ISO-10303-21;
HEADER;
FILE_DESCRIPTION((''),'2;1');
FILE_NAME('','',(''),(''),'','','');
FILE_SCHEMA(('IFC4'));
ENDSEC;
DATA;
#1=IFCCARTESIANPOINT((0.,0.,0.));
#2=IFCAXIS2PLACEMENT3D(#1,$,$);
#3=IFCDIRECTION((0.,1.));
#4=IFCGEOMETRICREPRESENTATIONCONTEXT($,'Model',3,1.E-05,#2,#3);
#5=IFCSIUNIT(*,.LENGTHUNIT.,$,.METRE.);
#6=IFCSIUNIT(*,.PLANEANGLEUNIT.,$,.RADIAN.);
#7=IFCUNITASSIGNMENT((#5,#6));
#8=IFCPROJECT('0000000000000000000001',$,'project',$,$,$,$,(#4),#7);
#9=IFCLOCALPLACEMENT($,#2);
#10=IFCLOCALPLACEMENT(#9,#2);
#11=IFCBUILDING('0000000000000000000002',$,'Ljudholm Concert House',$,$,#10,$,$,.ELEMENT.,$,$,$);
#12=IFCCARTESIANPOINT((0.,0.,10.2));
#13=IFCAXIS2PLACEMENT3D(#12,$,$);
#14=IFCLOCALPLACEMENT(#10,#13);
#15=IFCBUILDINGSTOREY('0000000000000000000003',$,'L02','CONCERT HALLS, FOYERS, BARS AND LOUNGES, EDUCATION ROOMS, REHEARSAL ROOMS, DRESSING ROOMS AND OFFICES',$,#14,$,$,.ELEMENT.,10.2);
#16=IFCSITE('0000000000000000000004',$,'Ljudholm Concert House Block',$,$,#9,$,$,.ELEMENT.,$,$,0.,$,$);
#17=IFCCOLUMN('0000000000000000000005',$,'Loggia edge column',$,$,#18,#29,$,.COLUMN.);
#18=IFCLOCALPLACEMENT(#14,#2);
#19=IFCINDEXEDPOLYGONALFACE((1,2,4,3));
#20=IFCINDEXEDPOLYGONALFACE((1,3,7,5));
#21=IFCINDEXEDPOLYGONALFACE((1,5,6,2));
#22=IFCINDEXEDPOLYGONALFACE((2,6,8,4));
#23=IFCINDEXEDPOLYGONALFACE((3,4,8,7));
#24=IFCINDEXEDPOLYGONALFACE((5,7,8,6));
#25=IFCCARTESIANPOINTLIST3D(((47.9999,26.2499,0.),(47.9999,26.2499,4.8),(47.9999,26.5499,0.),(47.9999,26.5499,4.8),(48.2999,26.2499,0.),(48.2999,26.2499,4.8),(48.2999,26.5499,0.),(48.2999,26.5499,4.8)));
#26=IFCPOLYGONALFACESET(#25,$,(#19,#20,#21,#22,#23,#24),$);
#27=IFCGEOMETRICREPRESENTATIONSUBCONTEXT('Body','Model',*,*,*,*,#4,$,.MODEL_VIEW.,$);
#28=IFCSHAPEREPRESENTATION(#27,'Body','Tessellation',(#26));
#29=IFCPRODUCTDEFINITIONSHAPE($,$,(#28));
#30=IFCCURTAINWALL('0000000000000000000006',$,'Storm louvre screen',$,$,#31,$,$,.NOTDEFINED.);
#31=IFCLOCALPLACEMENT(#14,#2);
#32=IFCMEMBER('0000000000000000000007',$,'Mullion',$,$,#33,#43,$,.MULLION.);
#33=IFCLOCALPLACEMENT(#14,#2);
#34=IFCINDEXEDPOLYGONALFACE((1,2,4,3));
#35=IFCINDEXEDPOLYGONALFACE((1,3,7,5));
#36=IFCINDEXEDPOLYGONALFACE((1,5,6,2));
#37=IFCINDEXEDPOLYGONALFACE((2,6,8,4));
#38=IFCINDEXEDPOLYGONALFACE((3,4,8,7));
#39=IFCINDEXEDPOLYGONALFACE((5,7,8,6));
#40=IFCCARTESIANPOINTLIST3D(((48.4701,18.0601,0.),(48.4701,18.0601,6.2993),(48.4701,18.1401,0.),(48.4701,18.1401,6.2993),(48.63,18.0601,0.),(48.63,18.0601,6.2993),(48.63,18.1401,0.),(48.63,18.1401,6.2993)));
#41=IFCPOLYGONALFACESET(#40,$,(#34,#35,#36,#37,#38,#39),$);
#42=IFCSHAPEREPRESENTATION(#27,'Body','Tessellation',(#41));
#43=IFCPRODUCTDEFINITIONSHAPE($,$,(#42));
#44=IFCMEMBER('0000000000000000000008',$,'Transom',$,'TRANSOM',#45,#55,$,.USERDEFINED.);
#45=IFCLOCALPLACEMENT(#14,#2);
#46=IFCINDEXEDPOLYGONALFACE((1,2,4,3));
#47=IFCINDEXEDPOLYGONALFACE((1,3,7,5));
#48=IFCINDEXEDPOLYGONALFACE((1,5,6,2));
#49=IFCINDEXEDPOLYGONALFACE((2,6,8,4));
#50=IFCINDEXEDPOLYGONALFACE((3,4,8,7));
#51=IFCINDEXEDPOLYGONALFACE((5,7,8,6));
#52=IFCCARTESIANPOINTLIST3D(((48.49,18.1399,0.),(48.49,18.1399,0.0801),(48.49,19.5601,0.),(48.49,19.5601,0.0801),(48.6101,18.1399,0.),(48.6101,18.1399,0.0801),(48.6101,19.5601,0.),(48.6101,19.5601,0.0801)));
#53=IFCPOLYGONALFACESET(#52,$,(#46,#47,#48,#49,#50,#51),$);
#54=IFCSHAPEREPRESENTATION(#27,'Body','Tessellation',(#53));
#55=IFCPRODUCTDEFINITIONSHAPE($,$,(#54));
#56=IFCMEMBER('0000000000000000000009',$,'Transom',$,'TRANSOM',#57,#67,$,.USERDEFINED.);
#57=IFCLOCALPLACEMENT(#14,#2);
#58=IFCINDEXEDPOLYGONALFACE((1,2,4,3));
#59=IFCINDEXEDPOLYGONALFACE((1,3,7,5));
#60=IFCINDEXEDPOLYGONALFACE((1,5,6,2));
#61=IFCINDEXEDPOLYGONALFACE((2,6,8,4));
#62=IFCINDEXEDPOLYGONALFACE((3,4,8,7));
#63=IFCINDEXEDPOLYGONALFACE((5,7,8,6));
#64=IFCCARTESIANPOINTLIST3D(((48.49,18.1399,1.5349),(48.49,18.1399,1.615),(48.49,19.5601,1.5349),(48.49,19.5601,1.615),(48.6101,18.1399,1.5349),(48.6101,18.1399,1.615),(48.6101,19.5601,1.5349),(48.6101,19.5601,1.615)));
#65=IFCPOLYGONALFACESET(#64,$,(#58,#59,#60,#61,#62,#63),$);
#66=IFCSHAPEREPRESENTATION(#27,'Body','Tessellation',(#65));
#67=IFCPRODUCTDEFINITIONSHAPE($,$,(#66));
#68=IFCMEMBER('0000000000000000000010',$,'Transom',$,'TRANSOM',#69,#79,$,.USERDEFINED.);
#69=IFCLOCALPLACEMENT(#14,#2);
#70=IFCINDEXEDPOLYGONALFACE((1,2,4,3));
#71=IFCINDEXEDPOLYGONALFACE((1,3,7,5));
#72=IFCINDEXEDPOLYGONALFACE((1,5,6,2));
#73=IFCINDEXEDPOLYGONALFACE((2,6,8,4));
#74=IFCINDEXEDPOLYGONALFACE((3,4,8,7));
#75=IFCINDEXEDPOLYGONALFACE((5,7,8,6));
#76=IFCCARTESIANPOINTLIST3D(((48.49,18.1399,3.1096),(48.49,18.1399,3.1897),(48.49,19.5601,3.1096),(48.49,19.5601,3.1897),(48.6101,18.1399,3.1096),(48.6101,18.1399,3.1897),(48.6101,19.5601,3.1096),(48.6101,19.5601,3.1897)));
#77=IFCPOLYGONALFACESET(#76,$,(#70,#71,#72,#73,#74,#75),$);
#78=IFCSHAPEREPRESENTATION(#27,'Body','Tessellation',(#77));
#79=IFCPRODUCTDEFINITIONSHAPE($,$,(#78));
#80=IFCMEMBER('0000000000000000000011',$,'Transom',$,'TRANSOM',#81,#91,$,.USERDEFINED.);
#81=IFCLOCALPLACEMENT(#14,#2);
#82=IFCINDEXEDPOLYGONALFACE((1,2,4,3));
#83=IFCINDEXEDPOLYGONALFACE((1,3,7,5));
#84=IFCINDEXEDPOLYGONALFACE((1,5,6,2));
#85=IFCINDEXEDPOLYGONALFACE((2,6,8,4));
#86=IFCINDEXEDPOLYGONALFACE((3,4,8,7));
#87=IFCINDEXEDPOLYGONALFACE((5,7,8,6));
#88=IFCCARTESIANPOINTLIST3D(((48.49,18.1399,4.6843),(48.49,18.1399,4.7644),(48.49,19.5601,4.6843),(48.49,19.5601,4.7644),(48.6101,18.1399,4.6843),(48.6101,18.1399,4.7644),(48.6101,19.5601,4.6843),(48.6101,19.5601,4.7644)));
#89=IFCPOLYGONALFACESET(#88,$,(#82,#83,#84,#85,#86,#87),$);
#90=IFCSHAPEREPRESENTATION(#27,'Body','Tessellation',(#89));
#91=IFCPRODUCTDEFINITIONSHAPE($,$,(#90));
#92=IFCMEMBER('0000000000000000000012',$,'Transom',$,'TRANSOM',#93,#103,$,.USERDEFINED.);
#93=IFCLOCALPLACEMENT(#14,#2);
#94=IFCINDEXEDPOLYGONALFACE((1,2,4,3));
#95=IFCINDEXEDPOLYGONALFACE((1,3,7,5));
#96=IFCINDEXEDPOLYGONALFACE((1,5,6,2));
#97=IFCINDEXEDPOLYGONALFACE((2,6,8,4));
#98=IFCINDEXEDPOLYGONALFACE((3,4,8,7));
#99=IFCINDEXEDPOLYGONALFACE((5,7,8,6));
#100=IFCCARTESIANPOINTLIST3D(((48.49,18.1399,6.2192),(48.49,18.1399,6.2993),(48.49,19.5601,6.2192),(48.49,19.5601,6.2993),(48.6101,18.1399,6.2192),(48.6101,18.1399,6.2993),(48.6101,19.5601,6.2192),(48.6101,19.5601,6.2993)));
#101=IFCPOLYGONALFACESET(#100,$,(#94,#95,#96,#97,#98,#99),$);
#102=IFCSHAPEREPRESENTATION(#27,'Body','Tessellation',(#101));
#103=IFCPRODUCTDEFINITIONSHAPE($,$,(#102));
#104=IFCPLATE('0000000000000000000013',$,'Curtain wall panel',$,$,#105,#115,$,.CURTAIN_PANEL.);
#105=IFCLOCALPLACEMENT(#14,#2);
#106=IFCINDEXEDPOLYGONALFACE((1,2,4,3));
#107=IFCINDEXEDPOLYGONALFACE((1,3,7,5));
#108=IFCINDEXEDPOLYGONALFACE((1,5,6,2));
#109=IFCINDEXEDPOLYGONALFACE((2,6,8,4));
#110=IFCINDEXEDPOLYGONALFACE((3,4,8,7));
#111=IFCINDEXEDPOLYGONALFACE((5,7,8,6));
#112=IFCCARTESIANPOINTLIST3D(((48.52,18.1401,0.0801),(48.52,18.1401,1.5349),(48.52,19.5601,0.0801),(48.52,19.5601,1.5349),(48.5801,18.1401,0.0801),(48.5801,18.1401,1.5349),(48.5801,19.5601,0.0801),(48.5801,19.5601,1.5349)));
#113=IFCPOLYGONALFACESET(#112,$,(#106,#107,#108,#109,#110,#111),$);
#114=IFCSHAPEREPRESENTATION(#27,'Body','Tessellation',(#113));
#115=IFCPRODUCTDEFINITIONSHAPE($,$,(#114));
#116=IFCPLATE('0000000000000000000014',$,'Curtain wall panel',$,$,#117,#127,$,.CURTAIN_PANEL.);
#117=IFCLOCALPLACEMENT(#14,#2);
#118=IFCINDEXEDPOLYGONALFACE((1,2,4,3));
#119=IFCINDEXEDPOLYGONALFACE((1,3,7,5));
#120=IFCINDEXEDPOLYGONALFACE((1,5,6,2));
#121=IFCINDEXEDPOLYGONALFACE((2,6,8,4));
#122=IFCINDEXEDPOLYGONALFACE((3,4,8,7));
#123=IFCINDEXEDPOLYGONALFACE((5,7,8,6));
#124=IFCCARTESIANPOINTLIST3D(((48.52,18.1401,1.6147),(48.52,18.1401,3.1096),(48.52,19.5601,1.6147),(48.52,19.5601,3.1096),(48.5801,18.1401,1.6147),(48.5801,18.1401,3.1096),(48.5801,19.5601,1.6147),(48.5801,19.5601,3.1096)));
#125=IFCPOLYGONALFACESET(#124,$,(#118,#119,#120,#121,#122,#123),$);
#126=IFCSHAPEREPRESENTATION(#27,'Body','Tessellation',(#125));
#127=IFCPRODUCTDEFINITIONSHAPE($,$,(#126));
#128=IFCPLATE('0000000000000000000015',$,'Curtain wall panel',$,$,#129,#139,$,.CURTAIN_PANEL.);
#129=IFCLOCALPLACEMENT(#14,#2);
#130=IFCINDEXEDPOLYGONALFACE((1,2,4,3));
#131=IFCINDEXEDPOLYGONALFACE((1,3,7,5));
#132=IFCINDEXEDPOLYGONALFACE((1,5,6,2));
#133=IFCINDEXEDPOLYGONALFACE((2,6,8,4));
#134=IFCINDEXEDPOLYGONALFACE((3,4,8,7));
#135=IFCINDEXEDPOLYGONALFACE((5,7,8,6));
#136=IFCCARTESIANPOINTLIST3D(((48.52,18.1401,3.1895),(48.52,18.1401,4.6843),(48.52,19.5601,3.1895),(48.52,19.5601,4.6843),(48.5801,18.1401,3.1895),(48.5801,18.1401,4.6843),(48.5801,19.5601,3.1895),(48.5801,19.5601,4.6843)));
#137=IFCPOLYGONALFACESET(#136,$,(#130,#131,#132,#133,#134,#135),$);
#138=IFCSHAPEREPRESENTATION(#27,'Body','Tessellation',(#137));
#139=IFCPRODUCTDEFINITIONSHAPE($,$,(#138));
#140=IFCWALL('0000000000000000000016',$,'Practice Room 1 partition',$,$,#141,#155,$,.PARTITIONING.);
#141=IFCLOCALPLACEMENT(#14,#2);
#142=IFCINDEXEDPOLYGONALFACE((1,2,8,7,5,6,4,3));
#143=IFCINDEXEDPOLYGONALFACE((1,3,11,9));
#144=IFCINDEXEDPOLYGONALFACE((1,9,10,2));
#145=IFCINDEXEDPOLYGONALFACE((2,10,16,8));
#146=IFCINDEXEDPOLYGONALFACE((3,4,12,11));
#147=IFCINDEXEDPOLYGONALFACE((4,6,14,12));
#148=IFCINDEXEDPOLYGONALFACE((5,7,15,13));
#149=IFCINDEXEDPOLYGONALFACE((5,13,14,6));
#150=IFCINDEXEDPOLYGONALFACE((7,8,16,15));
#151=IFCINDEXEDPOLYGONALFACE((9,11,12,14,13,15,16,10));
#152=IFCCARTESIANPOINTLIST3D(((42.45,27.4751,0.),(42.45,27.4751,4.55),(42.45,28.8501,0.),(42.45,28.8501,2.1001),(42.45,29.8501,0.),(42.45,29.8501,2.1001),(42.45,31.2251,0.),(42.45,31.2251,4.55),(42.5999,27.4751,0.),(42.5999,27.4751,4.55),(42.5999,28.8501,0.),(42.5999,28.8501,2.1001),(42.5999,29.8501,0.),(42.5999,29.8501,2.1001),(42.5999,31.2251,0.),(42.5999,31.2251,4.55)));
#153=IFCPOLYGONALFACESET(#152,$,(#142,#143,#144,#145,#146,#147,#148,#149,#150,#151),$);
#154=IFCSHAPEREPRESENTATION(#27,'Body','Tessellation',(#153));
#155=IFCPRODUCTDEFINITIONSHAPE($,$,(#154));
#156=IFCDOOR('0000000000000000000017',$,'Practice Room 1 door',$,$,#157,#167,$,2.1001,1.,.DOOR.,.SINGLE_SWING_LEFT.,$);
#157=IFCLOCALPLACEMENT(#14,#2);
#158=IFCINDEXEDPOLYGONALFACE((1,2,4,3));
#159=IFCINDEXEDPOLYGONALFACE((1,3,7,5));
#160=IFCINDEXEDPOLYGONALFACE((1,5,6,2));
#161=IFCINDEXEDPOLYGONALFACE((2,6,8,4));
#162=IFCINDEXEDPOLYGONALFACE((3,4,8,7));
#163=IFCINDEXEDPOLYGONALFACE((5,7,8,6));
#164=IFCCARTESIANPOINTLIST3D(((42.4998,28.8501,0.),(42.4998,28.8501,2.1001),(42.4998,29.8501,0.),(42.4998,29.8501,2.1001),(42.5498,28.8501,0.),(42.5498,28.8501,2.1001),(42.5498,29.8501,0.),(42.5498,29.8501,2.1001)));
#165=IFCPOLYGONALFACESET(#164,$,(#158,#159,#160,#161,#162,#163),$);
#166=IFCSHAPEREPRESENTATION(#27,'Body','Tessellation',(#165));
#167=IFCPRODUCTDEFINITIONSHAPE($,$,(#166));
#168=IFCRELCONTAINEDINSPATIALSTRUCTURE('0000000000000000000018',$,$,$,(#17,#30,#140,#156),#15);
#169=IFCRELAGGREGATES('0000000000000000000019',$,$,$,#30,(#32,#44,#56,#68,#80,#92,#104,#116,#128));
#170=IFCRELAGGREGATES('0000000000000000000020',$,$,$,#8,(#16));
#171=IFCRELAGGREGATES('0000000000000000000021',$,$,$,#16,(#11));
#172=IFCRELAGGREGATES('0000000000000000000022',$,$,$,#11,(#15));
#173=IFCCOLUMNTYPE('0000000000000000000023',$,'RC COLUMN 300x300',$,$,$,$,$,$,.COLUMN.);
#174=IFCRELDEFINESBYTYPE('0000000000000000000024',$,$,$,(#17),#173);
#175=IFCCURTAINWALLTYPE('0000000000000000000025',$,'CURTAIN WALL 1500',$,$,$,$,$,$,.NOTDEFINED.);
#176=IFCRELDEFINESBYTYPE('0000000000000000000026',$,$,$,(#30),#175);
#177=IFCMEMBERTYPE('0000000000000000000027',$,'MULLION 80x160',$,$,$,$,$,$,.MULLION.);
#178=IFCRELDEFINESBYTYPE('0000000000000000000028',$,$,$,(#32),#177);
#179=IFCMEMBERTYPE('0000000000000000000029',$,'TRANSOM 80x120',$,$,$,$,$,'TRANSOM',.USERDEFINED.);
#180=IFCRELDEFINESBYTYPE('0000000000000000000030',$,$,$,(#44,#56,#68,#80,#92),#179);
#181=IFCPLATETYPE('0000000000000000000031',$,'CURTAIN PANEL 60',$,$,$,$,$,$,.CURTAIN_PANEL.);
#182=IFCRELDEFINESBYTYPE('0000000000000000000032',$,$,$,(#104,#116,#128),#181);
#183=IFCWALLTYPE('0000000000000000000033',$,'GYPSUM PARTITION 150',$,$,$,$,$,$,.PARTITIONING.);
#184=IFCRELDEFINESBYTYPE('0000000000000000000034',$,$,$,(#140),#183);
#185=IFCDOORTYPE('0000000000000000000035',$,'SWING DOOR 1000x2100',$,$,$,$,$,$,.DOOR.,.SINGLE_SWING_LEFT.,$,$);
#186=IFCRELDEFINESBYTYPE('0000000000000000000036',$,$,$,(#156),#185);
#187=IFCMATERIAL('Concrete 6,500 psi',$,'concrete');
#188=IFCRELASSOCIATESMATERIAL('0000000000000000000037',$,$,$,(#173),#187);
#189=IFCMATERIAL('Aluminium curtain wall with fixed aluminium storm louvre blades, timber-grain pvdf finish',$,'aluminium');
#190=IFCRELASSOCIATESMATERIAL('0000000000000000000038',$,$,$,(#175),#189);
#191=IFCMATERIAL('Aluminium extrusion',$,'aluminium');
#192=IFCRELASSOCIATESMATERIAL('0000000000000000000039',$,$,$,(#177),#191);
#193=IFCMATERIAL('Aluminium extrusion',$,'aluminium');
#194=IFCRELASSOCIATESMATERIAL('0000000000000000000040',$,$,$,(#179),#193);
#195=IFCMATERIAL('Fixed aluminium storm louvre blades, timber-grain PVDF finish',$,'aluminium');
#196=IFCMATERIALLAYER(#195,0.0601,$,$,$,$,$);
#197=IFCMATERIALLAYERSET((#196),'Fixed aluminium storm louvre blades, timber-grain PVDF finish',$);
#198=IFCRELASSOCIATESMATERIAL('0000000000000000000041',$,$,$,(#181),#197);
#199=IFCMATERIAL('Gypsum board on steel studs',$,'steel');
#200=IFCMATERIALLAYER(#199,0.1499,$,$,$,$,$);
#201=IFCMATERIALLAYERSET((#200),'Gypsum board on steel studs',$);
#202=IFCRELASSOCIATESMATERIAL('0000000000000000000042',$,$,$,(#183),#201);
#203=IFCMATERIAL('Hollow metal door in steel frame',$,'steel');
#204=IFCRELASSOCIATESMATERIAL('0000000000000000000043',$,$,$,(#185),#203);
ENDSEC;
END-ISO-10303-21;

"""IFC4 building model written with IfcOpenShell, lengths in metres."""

from ifc_helpers import new_model, si_unit, direction, frame, frame_2d, origin, origin_2d, place, context, subcontext, project, spatial, rectangle, extrude, material, layer, layer_set, material_profile, profile_set, type_object, element, fill, aggregate, save


model = new_model("IFC4")

# Units and contexts
model_context = context("Model", 3, precision=1e-05, world=origin(), true_north=direction((0.0, 1.0)))
body_context = subcontext(model_context, "Body", "Model", "MODEL_VIEW")
ifc_project = project(units=[si_unit("LENGTHUNIT", "METRE"), si_unit("PLANEANGLEUNIT", "RADIAN")], contexts=[model_context])

# Site, building, storey
site_placement = place(None, origin())
site = spatial("IfcSite", under=ifc_project, at=site_placement, Name="Ljudholm Concert House Block", CompositionType="ELEMENT", RefElevation=0.0)
building_placement = place(site_placement, origin())
building = spatial("IfcBuilding", under=site, at=building_placement, Name="Ljudholm Concert House", CompositionType="ELEMENT")
storey_placement = place(building_placement, frame((0.0, 0.0, 10.2)))
storey = spatial("IfcBuildingStorey", under=building, at=storey_placement, Name="L02", Description="CONCERT HALLS, FOYERS, BARS AND LOUNGES, EDUCATION ROOMS, REHEARSAL ROOMS, DRESSING ROOMS AND OFFICES", CompositionType="ELEMENT", Elevation=10.2)

# Column
ifc_material_1 = material(Name="Concrete 6,500 psi", Category="concrete")
ifc_material_profile_1 = material_profile(ifc_material_1, rectangle(XDim=0.3, YDim=0.3, at=origin_2d()), Name="RC COLUMN 300x300")
ifc_profile_set_1 = profile_set([ifc_material_profile_1], Name="Concrete 6,500 psi")
column_type = type_object("IfcColumnType", Name="RC COLUMN 300x300", PredefinedType="COLUMN", material=ifc_profile_set_1)
column_placement = place(storey_placement, frame((48.1499, 26.3999, 0.0), z_axis=(0.0, 0.0, 1.0), x_axis=(1.0, 0.0, 0.0)))
element("IfcColumn", 1, at=column_placement, inside=storey, type_object=column_type, Name="Loggia edge column", PredefinedType="COLUMN", context=body_context, shape_type="SweptSolid", body=[
    extrude(rectangle(XDim=0.3, YDim=0.3, at=origin_2d()), origin(), (0.0, 0.0, 1.0), 4.8),
])

# Curtain wall, members, plates
ifc_material_2 = material(Name="Aluminium curtain wall with fixed aluminium storm louvre blades, timber-grain pvdf finish", Category="aluminium")
curtain_wall_type = type_object("IfcCurtainWallType", Name="CURTAIN WALL 1500", PredefinedType="NOTDEFINED", material=ifc_material_2)
curtain_wall_placement = place(storey_placement, origin())
curtain_wall = element("IfcCurtainWall", 2, at=curtain_wall_placement, inside=storey, type_object=curtain_wall_type, Name="Storm louvre screen", PredefinedType="NOTDEFINED")
ifc_material_3 = material(Name="Aluminium extrusion", Category="aluminium")
ifc_material_profile_2 = material_profile(ifc_material_3, rectangle(XDim=0.1599, YDim=0.0801, at=origin_2d()), Name="MULLION 80x160")
ifc_profile_set_2 = profile_set([ifc_material_profile_2], Name="Aluminium extrusion")
member_type_1 = type_object("IfcMemberType", Name="MULLION 80x160", PredefinedType="MULLION", material=ifc_profile_set_2)
member_1_placement = place(storey_placement, frame((48.55, 18.1001, 0.0), z_axis=(0.0, 0.0, 1.0), x_axis=(-1.0, 0.0, 0.0)))
member_1 = element("IfcMember", 3, at=member_1_placement, type_object=member_type_1, Name="Mullion", PredefinedType="MULLION", context=body_context, shape_type="SweptSolid", body=[
    extrude(rectangle(XDim=0.1599, YDim=0.0801, at=origin_2d()), origin(), (0.0, 0.0, 1.0), 6.2993),
])
ifc_material_4 = material(Name="Aluminium extrusion", Category="aluminium")
ifc_material_profile_3 = material_profile(ifc_material_4, rectangle(XDim=0.1201, YDim=0.0801, at=origin_2d()), Name="TRANSOM 80x120")
ifc_profile_set_3 = profile_set([ifc_material_profile_3], Name="Aluminium extrusion")
member_type_2 = type_object("IfcMemberType", Name="TRANSOM 80x120", ElementType="TRANSOM", PredefinedType="USERDEFINED", material=ifc_profile_set_3)
member_2_placement = place(storey_placement, frame((48.55, 18.1399, 0.04), z_axis=(0.0, 1.0, 0.0), x_axis=(-1.0, 0.0, 0.0)))
member_2 = element("IfcMember", 4, at=member_2_placement, type_object=member_type_2, Name="Transom", ObjectType="TRANSOM", PredefinedType="USERDEFINED", context=body_context, shape_type="SweptSolid", body=[
    extrude(rectangle(XDim=0.1201, YDim=0.0801, at=origin_2d()), origin(), (0.0, 0.0, 1.0), 1.4202),
])
member_3_placement = place(storey_placement, frame((48.55, 18.1399, 1.575), z_axis=(0.0, 1.0, 0.0), x_axis=(-1.0, 0.0, 0.0)))
member_3 = element("IfcMember", 5, at=member_3_placement, type_object=member_type_2, Name="Transom", ObjectType="TRANSOM", PredefinedType="USERDEFINED", context=body_context, shape_type="SweptSolid", body=[
    extrude(rectangle(XDim=0.1201, YDim=0.0801, at=origin_2d()), origin(), (0.0, 0.0, 1.0), 1.4202),
])
member_4_placement = place(storey_placement, frame((48.55, 18.1399, 3.1497), z_axis=(0.0, 1.0, 0.0), x_axis=(-1.0, 0.0, 0.0)))
member_4 = element("IfcMember", 6, at=member_4_placement, type_object=member_type_2, Name="Transom", ObjectType="TRANSOM", PredefinedType="USERDEFINED", context=body_context, shape_type="SweptSolid", body=[
    extrude(rectangle(XDim=0.1201, YDim=0.0801, at=origin_2d()), origin(), (0.0, 0.0, 1.0), 1.4202),
])
member_5_placement = place(storey_placement, frame((48.55, 18.1399, 4.7244), z_axis=(0.0, 1.0, 0.0), x_axis=(-1.0, 0.0, 0.0)))
member_5 = element("IfcMember", 7, at=member_5_placement, type_object=member_type_2, Name="Transom", ObjectType="TRANSOM", PredefinedType="USERDEFINED", context=body_context, shape_type="SweptSolid", body=[
    extrude(rectangle(XDim=0.1201, YDim=0.0801, at=origin_2d()), origin(), (0.0, 0.0, 1.0), 1.4202),
])
member_6_placement = place(storey_placement, frame((48.55, 18.1399, 6.2593), z_axis=(0.0, 1.0, 0.0), x_axis=(-1.0, 0.0, 0.0)))
member_6 = element("IfcMember", 8, at=member_6_placement, type_object=member_type_2, Name="Transom", ObjectType="TRANSOM", PredefinedType="USERDEFINED", context=body_context, shape_type="SweptSolid", body=[
    extrude(rectangle(XDim=0.1201, YDim=0.0801, at=origin_2d()), origin(), (0.0, 0.0, 1.0), 1.4202),
])
ifc_material_5 = material(Name="Fixed aluminium storm louvre blades, timber-grain PVDF finish", Category="aluminium")
ifc_layer_1 = layer(ifc_material_5, 0.0601)
ifc_layer_set_1 = layer_set([ifc_layer_1], Name="Fixed aluminium storm louvre blades, timber-grain PVDF finish")
plate_type = type_object("IfcPlateType", Name="CURTAIN PANEL 60", PredefinedType="CURTAIN_PANEL", material=ifc_layer_set_1)
plate_1_placement = place(storey_placement, frame((48.55, 18.8501, 0.0801), z_axis=(0.0, 0.0, 1.0), x_axis=(0.0, 1.0, 0.0)))
plate_1 = element("IfcPlate", 9, at=plate_1_placement, type_object=plate_type, Name="Curtain wall panel", PredefinedType="CURTAIN_PANEL", context=body_context, shape_type="SweptSolid", body=[
    extrude(rectangle(XDim=1.4199, YDim=0.0601, at=origin_2d()), origin(), (0.0, 0.0, 1.0), 1.4548),
])
plate_2_placement = place(storey_placement, frame((48.55, 18.8501, 1.6147), z_axis=(0.0, 0.0, 1.0), x_axis=(0.0, 1.0, 0.0)))
plate_2 = element("IfcPlate", 10, at=plate_2_placement, type_object=plate_type, Name="Curtain wall panel", PredefinedType="CURTAIN_PANEL", context=body_context, shape_type="SweptSolid", body=[
    extrude(rectangle(XDim=1.4199, YDim=0.0601, at=origin_2d()), origin(), (0.0, 0.0, 1.0), 1.4949),
])
plate_3_placement = place(storey_placement, frame((48.55, 18.8501, 3.1895), z_axis=(0.0, 0.0, 1.0), x_axis=(0.0, 1.0, 0.0)))
plate_3 = element("IfcPlate", 11, at=plate_3_placement, type_object=plate_type, Name="Curtain wall panel", PredefinedType="CURTAIN_PANEL", context=body_context, shape_type="SweptSolid", body=[
    extrude(rectangle(XDim=1.4199, YDim=0.0601, at=origin_2d()), origin(), (0.0, 0.0, 1.0), 1.4949),
])
aggregate(curtain_wall, [member_1, member_2, member_3, member_4, member_5, member_6, plate_1, plate_2, plate_3])

# Wall, opening, door
ifc_material_6 = material(Name="Gypsum board on steel studs", Category="steel")
ifc_layer_2 = layer(ifc_material_6, 0.1499)
ifc_layer_set_2 = layer_set([ifc_layer_2], Name="Gypsum board on steel studs")
wall_type_1 = type_object("IfcWallType", Name="GYPSUM PARTITION 150", PredefinedType="PARTITIONING", material=ifc_layer_set_2)
wall_1_placement = place(storey_placement, frame((42.5249, 27.4751, 0.0), z_axis=(0.0, 0.0, 1.0), x_axis=(0.0, 1.0, 0.0)))
wall_1 = element("IfcWall", 12, at=wall_1_placement, inside=storey, type_object=wall_type_1, Name="Practice Room 1 partition", PredefinedType="PARTITIONING", context=body_context, shape_type="SweptSolid", body=[
    extrude(rectangle(XDim=3.75, YDim=0.1499, at=frame_2d((1.875, 0.0))), origin(), (0.0, 0.0, 1.0), 4.55),
])
opening_1_placement = place(wall_1_placement, frame((1.375, 0.0, 0.0)))
opening_1 = element("IfcOpeningElement", 13, at=opening_1_placement, cuts=wall_1, PredefinedType="OPENING", context=body_context, shape_type="SweptSolid", body=[
    extrude(rectangle(XDim=1.0, YDim=2.1001, at=frame_2d((0.5, 1.05))), frame((0.0, 0.085, 0.0), z_axis=(0.0, -1.0, 0.0), x_axis=(1.0, 0.0, 0.0)), (0.0, 0.0, 1.0), 0.1699),
])
ifc_material_7 = material(Name="Hollow metal door in steel frame", Category="steel")
door_type = type_object("IfcDoorType", Name="SWING DOOR 1000x2100", OperationType="SINGLE_SWING_LEFT", PredefinedType="DOOR", material=ifc_material_7)
door_1_placement = place(opening_1_placement, frame((1.0, 0.0, 0.0), z_axis=(0.0, 0.0, 1.0), x_axis=(-1.0, 0.0, 0.0)))
door_1 = element("IfcDoor", 14, at=door_1_placement, inside=storey, type_object=door_type, Name="Practice Room 1 door", OperationType="SINGLE_SWING_LEFT", OverallHeight=2.1001, OverallWidth=1.0, PredefinedType="DOOR", context=body_context, shape_type="SweptSolid", body=[
    extrude(rectangle(XDim=1.0, YDim=2.1001, at=frame_2d((0.5, 1.05))), frame((0.0, 0.0249, 0.0), z_axis=(0.0, -1.0, 0.0), x_axis=(1.0, 0.0, 0.0)), (0.0, 0.0, 1.0), 0.05),
])
fill(opening_1, door_1)

save(model, "model.ifc")
